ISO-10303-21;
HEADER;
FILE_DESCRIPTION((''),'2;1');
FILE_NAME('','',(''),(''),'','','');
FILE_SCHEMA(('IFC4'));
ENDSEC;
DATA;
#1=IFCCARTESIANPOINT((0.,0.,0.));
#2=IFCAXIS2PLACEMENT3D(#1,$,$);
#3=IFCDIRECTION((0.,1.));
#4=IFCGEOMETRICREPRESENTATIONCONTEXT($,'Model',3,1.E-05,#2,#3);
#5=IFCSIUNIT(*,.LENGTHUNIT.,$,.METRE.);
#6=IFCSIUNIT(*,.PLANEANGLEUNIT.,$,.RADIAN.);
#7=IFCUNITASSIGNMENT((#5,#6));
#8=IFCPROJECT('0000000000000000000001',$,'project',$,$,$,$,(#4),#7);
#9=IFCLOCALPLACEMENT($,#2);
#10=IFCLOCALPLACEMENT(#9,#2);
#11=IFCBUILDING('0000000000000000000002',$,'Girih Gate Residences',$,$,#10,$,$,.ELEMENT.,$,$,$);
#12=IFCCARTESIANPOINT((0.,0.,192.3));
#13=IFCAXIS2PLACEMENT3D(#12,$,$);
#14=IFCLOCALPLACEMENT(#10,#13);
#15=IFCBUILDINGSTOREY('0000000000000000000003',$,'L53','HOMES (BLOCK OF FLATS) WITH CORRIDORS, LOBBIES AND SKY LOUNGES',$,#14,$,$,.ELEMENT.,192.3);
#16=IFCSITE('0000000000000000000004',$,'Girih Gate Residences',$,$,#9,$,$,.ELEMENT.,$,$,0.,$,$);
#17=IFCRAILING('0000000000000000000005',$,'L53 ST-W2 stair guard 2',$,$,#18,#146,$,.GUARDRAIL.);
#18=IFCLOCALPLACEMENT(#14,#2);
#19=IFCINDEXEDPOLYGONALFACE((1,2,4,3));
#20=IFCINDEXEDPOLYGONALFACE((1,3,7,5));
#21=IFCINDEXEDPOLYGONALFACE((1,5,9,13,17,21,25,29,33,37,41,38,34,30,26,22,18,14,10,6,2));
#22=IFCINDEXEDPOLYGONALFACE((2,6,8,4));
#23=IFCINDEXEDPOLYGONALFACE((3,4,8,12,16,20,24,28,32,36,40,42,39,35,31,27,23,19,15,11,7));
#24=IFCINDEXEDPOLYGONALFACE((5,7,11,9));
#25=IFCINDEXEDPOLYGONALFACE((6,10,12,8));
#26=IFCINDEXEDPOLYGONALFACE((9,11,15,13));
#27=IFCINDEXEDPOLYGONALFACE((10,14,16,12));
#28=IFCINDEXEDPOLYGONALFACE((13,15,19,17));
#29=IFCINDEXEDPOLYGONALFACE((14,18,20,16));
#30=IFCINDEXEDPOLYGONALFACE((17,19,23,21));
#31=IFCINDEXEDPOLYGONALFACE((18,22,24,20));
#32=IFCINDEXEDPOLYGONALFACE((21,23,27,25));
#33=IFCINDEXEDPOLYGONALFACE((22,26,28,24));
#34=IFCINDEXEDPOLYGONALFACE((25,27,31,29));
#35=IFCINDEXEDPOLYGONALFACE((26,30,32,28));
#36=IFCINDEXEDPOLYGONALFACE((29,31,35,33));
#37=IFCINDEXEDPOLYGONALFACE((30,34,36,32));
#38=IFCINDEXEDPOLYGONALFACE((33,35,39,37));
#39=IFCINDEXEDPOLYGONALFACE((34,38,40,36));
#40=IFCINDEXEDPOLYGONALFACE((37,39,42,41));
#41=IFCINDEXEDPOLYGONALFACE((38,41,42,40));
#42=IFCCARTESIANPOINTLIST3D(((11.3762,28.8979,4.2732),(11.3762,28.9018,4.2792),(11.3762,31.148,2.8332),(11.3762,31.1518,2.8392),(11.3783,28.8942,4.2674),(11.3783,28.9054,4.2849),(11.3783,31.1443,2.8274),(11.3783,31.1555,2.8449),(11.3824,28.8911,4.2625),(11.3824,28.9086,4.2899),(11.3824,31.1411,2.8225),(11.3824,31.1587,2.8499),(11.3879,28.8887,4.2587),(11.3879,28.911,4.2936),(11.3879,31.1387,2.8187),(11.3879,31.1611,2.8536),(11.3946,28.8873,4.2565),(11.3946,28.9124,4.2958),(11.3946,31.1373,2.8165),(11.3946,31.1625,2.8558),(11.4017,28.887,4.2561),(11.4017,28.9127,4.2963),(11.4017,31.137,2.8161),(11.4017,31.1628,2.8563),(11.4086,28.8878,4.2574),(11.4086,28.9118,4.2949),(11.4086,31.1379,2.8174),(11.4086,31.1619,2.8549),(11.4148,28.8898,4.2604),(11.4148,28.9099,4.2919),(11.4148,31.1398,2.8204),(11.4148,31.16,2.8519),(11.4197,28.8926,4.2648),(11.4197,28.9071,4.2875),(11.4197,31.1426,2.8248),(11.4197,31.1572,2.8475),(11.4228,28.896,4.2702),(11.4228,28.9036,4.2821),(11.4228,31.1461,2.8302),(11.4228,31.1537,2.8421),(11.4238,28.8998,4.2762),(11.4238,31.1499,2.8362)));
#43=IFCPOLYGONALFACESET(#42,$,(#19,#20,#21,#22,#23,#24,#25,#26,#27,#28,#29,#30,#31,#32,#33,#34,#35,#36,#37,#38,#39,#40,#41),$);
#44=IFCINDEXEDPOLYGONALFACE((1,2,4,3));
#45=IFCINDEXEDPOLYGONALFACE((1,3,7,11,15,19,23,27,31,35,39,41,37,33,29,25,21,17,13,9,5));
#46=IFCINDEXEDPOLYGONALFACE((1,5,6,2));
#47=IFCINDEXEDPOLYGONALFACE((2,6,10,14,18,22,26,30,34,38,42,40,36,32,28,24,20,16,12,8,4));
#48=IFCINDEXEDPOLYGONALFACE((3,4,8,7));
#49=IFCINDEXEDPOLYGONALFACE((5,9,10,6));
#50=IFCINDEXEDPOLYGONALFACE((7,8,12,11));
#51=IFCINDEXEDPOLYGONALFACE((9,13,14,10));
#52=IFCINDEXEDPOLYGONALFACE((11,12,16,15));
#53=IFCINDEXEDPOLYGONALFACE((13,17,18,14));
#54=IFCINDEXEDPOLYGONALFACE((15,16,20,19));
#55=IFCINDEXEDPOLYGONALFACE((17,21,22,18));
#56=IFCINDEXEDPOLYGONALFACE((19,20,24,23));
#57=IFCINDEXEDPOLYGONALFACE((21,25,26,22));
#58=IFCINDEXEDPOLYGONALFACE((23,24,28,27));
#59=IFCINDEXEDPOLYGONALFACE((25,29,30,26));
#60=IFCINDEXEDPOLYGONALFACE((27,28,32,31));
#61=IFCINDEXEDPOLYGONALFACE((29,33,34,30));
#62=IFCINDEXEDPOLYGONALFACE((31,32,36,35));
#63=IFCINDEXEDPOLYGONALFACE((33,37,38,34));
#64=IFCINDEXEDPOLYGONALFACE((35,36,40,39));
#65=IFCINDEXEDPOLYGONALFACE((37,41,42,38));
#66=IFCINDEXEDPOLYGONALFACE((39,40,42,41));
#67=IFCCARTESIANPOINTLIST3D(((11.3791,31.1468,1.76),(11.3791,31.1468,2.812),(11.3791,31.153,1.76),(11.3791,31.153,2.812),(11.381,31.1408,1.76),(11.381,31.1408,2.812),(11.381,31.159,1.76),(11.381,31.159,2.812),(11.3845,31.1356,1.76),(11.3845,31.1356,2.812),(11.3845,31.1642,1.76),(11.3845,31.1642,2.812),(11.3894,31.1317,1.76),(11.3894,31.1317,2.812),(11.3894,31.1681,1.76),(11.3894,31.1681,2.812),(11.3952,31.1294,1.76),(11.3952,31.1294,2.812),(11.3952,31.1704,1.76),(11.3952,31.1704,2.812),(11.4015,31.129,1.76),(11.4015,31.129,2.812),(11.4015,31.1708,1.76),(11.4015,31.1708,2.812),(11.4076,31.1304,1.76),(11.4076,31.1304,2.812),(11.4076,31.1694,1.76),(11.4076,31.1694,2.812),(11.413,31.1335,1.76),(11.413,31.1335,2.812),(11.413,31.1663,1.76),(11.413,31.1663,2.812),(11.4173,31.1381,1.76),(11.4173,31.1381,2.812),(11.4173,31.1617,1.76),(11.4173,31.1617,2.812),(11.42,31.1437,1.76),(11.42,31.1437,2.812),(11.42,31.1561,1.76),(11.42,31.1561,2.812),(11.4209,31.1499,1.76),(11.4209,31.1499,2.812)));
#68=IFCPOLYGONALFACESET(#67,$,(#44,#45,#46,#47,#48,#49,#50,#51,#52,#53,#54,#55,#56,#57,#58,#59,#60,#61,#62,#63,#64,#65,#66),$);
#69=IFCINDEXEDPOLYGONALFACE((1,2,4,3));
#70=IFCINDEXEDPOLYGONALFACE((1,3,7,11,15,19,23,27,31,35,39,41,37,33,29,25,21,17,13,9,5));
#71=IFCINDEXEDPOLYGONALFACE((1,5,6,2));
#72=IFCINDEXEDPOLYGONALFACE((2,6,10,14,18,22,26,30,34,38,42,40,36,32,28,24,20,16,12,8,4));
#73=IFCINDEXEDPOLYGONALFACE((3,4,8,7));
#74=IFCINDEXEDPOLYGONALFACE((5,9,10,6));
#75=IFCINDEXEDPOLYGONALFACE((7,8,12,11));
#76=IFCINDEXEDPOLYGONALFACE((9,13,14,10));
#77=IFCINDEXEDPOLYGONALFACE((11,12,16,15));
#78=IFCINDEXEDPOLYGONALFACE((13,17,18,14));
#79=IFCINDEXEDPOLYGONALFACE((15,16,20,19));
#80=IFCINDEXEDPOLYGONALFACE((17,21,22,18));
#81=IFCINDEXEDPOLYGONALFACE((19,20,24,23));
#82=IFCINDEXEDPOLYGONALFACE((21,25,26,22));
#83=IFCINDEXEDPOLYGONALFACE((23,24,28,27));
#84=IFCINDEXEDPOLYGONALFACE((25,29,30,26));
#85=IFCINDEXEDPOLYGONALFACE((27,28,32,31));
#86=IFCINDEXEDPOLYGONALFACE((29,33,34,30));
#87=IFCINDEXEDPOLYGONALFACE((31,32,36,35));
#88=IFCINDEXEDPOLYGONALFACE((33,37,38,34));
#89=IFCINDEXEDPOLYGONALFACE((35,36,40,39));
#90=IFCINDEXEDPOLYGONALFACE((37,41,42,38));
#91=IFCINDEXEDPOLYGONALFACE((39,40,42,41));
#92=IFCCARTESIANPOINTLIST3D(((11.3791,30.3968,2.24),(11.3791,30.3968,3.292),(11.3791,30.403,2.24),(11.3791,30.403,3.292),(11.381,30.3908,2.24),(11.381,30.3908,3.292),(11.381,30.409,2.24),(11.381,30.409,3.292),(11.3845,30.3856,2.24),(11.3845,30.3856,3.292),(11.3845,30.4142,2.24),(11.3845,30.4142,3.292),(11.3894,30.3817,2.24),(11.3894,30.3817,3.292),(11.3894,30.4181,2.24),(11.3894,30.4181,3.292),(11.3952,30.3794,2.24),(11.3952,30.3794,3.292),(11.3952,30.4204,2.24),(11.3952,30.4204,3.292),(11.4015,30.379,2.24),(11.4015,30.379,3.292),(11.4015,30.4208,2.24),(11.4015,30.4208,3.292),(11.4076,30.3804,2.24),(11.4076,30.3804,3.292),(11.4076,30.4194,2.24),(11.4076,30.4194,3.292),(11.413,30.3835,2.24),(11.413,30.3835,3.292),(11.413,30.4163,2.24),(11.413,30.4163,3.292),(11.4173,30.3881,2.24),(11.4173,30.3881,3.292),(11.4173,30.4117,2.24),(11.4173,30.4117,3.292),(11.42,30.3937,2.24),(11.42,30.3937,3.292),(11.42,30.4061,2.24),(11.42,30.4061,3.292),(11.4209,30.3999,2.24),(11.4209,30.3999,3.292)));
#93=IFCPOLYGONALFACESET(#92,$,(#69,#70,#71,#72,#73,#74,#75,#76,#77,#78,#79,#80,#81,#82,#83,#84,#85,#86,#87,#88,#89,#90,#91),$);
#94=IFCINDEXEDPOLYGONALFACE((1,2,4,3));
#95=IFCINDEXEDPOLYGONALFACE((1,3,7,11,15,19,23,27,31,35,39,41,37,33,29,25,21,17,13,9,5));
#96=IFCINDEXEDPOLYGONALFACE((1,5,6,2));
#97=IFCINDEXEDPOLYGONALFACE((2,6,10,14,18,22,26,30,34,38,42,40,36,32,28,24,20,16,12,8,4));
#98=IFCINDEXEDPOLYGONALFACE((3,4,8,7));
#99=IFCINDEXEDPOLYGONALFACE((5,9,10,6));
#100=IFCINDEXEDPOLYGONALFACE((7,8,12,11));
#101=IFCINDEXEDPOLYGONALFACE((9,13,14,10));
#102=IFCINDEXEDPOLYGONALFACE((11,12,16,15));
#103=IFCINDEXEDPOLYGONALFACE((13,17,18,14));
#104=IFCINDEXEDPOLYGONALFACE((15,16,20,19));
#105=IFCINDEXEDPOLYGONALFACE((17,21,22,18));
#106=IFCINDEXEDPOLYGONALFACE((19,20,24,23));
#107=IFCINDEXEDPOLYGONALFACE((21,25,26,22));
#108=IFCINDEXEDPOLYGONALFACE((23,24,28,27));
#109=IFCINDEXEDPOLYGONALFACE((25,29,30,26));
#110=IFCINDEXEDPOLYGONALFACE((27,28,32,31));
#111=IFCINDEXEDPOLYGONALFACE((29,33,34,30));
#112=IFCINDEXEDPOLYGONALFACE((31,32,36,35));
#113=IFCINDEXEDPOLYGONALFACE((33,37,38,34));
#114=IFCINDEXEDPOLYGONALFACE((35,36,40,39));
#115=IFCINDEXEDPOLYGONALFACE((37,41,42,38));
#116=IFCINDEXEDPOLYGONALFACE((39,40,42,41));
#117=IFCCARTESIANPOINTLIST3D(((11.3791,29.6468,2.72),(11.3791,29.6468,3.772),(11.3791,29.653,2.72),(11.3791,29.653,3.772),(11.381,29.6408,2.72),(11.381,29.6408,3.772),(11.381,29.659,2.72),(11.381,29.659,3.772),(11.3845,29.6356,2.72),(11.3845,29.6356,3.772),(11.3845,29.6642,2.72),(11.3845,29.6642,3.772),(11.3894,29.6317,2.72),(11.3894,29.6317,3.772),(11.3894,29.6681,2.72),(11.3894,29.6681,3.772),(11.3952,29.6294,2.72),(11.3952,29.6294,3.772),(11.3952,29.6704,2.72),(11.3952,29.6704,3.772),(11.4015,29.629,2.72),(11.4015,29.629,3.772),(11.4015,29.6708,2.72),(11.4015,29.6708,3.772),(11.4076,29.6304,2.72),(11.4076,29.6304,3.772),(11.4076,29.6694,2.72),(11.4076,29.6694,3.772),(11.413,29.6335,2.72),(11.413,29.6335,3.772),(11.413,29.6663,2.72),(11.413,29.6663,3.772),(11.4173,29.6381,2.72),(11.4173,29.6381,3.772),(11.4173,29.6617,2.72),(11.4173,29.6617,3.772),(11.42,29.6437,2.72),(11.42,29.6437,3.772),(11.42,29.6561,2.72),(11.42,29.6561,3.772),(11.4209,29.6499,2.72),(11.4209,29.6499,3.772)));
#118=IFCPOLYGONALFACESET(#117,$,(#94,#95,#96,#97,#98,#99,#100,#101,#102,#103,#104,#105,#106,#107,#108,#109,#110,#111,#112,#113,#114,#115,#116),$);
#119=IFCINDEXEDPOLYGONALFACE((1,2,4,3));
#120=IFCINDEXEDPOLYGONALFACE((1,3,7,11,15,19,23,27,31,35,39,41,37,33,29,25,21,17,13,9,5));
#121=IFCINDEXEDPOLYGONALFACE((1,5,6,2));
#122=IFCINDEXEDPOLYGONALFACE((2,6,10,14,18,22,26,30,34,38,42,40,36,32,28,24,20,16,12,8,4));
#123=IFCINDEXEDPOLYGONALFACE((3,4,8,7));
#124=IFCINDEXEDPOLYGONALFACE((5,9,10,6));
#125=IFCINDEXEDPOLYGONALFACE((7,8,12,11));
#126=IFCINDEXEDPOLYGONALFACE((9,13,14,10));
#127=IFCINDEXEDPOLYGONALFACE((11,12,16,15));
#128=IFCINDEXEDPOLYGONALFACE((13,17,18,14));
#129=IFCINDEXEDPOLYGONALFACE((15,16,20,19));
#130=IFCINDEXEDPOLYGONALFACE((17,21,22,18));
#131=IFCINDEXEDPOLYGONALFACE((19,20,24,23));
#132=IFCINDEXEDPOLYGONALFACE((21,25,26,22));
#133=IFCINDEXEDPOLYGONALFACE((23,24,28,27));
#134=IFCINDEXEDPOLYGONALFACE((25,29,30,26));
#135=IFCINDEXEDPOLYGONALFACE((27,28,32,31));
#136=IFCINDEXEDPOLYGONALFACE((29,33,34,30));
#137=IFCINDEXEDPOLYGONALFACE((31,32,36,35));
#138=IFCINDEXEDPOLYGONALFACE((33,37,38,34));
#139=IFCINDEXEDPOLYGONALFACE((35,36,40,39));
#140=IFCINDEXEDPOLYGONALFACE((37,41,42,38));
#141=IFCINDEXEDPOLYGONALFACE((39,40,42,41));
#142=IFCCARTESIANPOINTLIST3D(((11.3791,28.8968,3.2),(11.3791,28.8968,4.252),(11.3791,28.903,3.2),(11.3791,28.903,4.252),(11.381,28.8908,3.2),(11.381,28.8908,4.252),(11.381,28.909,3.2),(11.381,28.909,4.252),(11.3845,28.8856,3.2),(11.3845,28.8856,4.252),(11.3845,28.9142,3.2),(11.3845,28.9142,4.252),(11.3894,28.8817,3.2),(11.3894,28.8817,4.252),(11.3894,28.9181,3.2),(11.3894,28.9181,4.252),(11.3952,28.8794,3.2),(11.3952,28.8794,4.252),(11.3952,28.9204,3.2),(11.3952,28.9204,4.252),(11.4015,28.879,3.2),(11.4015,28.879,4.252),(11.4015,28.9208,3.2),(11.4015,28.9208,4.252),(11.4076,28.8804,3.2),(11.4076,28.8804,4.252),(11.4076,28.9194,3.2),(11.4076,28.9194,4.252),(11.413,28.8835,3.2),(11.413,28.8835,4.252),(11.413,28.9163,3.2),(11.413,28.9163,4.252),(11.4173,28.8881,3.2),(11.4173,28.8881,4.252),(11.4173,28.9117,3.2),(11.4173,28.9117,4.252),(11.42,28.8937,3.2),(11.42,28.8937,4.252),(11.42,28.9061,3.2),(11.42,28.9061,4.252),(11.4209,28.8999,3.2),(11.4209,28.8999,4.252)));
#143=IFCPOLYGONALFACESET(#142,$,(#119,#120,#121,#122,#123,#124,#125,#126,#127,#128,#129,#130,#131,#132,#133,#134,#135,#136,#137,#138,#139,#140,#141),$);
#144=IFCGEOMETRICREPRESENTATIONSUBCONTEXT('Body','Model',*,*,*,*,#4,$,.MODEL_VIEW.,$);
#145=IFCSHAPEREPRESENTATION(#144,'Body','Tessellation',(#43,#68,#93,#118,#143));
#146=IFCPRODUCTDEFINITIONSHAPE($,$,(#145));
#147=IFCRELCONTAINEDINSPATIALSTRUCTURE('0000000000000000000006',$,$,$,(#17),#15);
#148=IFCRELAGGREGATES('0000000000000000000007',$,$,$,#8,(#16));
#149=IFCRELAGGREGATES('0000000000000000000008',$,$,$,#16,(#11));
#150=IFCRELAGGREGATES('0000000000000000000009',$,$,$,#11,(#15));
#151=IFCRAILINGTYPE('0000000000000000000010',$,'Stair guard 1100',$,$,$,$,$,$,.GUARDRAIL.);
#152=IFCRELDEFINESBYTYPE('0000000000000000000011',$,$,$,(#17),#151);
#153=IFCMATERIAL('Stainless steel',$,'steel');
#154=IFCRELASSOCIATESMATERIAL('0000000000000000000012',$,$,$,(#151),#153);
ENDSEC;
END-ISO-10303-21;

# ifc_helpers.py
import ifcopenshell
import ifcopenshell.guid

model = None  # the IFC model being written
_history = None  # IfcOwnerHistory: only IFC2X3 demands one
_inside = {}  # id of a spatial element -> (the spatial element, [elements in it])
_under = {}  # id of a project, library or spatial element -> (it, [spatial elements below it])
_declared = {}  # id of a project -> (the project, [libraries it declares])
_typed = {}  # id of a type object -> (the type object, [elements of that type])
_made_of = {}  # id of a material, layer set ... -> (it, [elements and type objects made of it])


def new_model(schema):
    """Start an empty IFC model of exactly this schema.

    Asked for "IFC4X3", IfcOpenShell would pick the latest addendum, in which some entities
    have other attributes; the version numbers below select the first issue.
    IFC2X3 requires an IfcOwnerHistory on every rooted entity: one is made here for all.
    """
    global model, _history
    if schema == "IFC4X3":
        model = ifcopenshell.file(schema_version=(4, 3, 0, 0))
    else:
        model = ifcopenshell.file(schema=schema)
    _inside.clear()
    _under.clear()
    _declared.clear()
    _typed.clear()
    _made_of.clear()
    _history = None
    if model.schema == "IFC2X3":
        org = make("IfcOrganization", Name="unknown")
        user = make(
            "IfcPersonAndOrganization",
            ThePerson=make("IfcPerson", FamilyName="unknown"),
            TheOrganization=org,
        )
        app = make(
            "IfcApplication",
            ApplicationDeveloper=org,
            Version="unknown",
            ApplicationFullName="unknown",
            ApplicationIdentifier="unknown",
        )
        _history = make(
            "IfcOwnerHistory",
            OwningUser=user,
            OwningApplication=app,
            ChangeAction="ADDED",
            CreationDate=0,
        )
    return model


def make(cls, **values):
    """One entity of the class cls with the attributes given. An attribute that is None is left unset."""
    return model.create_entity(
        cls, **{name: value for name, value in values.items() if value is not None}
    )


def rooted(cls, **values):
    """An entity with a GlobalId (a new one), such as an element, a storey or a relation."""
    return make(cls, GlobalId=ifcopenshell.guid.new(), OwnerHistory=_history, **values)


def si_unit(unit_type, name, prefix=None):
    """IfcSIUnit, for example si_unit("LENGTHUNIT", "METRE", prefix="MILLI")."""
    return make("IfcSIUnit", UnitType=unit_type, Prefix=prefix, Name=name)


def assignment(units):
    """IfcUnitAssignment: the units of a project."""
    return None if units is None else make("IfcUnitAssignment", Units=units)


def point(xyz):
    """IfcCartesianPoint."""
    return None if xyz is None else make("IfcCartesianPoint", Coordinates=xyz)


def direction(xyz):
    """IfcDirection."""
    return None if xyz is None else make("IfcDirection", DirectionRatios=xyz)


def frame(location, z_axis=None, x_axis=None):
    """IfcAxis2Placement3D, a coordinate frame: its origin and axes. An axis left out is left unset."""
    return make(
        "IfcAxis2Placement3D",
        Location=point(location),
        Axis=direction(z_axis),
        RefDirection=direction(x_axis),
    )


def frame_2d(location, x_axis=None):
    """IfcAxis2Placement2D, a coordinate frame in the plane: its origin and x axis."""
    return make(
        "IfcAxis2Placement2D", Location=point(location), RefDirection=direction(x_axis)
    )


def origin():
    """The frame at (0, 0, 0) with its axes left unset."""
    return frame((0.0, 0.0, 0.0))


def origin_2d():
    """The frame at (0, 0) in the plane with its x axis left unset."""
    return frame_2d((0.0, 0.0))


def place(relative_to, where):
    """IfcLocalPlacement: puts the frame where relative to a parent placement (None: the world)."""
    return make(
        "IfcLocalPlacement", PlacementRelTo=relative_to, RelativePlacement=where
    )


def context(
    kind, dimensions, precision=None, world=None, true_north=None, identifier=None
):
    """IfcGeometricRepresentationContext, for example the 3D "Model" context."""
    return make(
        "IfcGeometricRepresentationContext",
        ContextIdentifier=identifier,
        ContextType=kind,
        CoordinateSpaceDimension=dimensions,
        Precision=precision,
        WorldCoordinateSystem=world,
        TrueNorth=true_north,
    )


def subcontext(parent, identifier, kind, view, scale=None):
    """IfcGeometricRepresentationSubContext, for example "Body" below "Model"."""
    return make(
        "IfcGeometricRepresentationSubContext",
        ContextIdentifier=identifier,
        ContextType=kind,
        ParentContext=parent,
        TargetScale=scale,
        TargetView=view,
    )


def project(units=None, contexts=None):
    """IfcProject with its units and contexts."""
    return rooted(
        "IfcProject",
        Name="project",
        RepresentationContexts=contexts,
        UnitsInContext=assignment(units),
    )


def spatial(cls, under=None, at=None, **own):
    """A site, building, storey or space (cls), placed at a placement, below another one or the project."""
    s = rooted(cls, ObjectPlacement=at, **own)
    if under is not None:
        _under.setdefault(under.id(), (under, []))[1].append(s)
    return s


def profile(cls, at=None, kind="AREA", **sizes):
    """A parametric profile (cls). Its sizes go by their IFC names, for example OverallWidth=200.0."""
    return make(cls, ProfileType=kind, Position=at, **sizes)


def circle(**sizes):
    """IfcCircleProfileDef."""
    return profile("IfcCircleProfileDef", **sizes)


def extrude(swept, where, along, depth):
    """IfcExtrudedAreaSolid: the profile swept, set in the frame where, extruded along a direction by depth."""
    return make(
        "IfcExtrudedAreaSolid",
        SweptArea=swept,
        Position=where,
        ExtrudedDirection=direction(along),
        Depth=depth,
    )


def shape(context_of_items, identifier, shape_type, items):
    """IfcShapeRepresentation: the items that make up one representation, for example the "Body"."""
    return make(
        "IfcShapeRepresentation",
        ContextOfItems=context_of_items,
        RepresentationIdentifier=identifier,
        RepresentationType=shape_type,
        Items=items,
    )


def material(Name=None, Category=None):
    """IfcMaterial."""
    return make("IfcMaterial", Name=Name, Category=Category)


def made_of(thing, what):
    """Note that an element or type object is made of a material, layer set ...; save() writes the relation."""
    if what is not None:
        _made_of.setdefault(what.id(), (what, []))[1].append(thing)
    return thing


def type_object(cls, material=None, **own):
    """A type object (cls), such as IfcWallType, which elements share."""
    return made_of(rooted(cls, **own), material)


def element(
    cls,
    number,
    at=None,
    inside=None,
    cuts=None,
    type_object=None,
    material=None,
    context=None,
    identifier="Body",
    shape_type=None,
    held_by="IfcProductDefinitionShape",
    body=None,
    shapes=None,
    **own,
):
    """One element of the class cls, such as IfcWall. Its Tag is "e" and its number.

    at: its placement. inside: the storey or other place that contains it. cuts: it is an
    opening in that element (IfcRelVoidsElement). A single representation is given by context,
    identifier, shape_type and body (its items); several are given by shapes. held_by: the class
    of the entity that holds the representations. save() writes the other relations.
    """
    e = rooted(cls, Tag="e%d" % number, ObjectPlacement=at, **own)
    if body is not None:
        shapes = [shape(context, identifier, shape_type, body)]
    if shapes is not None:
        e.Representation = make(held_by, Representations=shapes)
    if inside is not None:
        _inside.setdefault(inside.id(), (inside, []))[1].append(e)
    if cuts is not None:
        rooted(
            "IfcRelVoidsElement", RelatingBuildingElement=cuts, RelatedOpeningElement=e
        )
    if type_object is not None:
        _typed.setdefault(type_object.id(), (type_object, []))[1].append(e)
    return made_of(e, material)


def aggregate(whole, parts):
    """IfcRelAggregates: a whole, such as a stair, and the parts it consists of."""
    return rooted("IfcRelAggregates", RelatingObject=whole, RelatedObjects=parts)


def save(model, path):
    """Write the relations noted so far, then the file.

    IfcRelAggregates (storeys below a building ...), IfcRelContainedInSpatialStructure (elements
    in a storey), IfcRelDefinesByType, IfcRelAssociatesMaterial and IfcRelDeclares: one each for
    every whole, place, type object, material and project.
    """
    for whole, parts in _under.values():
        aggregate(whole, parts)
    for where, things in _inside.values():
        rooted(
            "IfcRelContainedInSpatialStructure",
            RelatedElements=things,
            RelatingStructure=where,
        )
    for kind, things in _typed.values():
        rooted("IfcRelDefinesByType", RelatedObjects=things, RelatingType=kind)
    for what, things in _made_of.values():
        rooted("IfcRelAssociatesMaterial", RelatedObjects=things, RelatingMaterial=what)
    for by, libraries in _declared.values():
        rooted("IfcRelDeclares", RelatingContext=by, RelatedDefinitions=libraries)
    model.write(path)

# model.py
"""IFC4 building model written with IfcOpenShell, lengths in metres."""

from ifc_helpers import new_model, si_unit, direction, frame, origin, origin_2d, place, context, subcontext, project, spatial, circle, extrude, material, type_object, element, save


model = new_model("IFC4")

# Units and contexts
model_context = context("Model", 3, precision=1e-05, world=origin(), true_north=direction((0.0, 1.0)))
body_context = subcontext(model_context, "Body", "Model", "MODEL_VIEW")
ifc_project = project(units=[si_unit("LENGTHUNIT", "METRE"), si_unit("PLANEANGLEUNIT", "RADIAN")], contexts=[model_context])

# Site, building, storey
site_placement = place(None, origin())
site = spatial("IfcSite", under=ifc_project, at=site_placement, Name="Girih Gate Residences", CompositionType="ELEMENT", RefElevation=0.0)
building_placement = place(site_placement, origin())
building = spatial("IfcBuilding", under=site, at=building_placement, Name="Girih Gate Residences", CompositionType="ELEMENT")
storey_placement = place(building_placement, frame((0.0, 0.0, 192.3)))
storey = spatial("IfcBuildingStorey", under=building, at=storey_placement, Name="L53", Description="HOMES (BLOCK OF FLATS) WITH CORRIDORS, LOBBIES AND SKY LOUNGES", CompositionType="ELEMENT", Elevation=192.3)

# Railing
ifc_material_1 = material(Name="Stainless steel", Category="steel")
railing_type_1 = type_object("IfcRailingType", Name="Stair guard 1100", PredefinedType="GUARDRAIL", material=ifc_material_1)
railing_1_placement = place(storey_placement, frame((11.3999, 31.1499, 1.76)))
element("IfcRailing", 1, at=railing_1_placement, inside=storey, type_object=railing_type_1, Name="L53 ST-W2 stair guard 2", PredefinedType="GUARDRAIL", context=body_context, shape_type="SweptSolid", body=[
    extrude(circle(Radius=0.0239, at=origin_2d()), frame((0.0, 0.0, 1.0762), z_axis=(0.0, -0.842281, 0.539038), x_axis=(1.0, 0.0, 0.0)), (0.0, 0.0, 1.0), 2.6714),
    extrude(circle(Radius=0.021, at=origin_2d()), origin(), (0.0, 0.0, 1.0), 1.052),
    extrude(circle(Radius=0.021, at=origin_2d()), frame((0.0, -0.75, 0.48)), (0.0, 0.0, 1.0), 1.052),
    extrude(circle(Radius=0.021, at=origin_2d()), frame((0.0, -1.5, 0.96)), (0.0, 0.0, 1.0), 1.052),
    extrude(circle(Radius=0.021, at=origin_2d()), frame((0.0, -2.25, 1.4399)), (0.0, 0.0, 1.0), 1.052),
])

save(model, "model.ifc")
